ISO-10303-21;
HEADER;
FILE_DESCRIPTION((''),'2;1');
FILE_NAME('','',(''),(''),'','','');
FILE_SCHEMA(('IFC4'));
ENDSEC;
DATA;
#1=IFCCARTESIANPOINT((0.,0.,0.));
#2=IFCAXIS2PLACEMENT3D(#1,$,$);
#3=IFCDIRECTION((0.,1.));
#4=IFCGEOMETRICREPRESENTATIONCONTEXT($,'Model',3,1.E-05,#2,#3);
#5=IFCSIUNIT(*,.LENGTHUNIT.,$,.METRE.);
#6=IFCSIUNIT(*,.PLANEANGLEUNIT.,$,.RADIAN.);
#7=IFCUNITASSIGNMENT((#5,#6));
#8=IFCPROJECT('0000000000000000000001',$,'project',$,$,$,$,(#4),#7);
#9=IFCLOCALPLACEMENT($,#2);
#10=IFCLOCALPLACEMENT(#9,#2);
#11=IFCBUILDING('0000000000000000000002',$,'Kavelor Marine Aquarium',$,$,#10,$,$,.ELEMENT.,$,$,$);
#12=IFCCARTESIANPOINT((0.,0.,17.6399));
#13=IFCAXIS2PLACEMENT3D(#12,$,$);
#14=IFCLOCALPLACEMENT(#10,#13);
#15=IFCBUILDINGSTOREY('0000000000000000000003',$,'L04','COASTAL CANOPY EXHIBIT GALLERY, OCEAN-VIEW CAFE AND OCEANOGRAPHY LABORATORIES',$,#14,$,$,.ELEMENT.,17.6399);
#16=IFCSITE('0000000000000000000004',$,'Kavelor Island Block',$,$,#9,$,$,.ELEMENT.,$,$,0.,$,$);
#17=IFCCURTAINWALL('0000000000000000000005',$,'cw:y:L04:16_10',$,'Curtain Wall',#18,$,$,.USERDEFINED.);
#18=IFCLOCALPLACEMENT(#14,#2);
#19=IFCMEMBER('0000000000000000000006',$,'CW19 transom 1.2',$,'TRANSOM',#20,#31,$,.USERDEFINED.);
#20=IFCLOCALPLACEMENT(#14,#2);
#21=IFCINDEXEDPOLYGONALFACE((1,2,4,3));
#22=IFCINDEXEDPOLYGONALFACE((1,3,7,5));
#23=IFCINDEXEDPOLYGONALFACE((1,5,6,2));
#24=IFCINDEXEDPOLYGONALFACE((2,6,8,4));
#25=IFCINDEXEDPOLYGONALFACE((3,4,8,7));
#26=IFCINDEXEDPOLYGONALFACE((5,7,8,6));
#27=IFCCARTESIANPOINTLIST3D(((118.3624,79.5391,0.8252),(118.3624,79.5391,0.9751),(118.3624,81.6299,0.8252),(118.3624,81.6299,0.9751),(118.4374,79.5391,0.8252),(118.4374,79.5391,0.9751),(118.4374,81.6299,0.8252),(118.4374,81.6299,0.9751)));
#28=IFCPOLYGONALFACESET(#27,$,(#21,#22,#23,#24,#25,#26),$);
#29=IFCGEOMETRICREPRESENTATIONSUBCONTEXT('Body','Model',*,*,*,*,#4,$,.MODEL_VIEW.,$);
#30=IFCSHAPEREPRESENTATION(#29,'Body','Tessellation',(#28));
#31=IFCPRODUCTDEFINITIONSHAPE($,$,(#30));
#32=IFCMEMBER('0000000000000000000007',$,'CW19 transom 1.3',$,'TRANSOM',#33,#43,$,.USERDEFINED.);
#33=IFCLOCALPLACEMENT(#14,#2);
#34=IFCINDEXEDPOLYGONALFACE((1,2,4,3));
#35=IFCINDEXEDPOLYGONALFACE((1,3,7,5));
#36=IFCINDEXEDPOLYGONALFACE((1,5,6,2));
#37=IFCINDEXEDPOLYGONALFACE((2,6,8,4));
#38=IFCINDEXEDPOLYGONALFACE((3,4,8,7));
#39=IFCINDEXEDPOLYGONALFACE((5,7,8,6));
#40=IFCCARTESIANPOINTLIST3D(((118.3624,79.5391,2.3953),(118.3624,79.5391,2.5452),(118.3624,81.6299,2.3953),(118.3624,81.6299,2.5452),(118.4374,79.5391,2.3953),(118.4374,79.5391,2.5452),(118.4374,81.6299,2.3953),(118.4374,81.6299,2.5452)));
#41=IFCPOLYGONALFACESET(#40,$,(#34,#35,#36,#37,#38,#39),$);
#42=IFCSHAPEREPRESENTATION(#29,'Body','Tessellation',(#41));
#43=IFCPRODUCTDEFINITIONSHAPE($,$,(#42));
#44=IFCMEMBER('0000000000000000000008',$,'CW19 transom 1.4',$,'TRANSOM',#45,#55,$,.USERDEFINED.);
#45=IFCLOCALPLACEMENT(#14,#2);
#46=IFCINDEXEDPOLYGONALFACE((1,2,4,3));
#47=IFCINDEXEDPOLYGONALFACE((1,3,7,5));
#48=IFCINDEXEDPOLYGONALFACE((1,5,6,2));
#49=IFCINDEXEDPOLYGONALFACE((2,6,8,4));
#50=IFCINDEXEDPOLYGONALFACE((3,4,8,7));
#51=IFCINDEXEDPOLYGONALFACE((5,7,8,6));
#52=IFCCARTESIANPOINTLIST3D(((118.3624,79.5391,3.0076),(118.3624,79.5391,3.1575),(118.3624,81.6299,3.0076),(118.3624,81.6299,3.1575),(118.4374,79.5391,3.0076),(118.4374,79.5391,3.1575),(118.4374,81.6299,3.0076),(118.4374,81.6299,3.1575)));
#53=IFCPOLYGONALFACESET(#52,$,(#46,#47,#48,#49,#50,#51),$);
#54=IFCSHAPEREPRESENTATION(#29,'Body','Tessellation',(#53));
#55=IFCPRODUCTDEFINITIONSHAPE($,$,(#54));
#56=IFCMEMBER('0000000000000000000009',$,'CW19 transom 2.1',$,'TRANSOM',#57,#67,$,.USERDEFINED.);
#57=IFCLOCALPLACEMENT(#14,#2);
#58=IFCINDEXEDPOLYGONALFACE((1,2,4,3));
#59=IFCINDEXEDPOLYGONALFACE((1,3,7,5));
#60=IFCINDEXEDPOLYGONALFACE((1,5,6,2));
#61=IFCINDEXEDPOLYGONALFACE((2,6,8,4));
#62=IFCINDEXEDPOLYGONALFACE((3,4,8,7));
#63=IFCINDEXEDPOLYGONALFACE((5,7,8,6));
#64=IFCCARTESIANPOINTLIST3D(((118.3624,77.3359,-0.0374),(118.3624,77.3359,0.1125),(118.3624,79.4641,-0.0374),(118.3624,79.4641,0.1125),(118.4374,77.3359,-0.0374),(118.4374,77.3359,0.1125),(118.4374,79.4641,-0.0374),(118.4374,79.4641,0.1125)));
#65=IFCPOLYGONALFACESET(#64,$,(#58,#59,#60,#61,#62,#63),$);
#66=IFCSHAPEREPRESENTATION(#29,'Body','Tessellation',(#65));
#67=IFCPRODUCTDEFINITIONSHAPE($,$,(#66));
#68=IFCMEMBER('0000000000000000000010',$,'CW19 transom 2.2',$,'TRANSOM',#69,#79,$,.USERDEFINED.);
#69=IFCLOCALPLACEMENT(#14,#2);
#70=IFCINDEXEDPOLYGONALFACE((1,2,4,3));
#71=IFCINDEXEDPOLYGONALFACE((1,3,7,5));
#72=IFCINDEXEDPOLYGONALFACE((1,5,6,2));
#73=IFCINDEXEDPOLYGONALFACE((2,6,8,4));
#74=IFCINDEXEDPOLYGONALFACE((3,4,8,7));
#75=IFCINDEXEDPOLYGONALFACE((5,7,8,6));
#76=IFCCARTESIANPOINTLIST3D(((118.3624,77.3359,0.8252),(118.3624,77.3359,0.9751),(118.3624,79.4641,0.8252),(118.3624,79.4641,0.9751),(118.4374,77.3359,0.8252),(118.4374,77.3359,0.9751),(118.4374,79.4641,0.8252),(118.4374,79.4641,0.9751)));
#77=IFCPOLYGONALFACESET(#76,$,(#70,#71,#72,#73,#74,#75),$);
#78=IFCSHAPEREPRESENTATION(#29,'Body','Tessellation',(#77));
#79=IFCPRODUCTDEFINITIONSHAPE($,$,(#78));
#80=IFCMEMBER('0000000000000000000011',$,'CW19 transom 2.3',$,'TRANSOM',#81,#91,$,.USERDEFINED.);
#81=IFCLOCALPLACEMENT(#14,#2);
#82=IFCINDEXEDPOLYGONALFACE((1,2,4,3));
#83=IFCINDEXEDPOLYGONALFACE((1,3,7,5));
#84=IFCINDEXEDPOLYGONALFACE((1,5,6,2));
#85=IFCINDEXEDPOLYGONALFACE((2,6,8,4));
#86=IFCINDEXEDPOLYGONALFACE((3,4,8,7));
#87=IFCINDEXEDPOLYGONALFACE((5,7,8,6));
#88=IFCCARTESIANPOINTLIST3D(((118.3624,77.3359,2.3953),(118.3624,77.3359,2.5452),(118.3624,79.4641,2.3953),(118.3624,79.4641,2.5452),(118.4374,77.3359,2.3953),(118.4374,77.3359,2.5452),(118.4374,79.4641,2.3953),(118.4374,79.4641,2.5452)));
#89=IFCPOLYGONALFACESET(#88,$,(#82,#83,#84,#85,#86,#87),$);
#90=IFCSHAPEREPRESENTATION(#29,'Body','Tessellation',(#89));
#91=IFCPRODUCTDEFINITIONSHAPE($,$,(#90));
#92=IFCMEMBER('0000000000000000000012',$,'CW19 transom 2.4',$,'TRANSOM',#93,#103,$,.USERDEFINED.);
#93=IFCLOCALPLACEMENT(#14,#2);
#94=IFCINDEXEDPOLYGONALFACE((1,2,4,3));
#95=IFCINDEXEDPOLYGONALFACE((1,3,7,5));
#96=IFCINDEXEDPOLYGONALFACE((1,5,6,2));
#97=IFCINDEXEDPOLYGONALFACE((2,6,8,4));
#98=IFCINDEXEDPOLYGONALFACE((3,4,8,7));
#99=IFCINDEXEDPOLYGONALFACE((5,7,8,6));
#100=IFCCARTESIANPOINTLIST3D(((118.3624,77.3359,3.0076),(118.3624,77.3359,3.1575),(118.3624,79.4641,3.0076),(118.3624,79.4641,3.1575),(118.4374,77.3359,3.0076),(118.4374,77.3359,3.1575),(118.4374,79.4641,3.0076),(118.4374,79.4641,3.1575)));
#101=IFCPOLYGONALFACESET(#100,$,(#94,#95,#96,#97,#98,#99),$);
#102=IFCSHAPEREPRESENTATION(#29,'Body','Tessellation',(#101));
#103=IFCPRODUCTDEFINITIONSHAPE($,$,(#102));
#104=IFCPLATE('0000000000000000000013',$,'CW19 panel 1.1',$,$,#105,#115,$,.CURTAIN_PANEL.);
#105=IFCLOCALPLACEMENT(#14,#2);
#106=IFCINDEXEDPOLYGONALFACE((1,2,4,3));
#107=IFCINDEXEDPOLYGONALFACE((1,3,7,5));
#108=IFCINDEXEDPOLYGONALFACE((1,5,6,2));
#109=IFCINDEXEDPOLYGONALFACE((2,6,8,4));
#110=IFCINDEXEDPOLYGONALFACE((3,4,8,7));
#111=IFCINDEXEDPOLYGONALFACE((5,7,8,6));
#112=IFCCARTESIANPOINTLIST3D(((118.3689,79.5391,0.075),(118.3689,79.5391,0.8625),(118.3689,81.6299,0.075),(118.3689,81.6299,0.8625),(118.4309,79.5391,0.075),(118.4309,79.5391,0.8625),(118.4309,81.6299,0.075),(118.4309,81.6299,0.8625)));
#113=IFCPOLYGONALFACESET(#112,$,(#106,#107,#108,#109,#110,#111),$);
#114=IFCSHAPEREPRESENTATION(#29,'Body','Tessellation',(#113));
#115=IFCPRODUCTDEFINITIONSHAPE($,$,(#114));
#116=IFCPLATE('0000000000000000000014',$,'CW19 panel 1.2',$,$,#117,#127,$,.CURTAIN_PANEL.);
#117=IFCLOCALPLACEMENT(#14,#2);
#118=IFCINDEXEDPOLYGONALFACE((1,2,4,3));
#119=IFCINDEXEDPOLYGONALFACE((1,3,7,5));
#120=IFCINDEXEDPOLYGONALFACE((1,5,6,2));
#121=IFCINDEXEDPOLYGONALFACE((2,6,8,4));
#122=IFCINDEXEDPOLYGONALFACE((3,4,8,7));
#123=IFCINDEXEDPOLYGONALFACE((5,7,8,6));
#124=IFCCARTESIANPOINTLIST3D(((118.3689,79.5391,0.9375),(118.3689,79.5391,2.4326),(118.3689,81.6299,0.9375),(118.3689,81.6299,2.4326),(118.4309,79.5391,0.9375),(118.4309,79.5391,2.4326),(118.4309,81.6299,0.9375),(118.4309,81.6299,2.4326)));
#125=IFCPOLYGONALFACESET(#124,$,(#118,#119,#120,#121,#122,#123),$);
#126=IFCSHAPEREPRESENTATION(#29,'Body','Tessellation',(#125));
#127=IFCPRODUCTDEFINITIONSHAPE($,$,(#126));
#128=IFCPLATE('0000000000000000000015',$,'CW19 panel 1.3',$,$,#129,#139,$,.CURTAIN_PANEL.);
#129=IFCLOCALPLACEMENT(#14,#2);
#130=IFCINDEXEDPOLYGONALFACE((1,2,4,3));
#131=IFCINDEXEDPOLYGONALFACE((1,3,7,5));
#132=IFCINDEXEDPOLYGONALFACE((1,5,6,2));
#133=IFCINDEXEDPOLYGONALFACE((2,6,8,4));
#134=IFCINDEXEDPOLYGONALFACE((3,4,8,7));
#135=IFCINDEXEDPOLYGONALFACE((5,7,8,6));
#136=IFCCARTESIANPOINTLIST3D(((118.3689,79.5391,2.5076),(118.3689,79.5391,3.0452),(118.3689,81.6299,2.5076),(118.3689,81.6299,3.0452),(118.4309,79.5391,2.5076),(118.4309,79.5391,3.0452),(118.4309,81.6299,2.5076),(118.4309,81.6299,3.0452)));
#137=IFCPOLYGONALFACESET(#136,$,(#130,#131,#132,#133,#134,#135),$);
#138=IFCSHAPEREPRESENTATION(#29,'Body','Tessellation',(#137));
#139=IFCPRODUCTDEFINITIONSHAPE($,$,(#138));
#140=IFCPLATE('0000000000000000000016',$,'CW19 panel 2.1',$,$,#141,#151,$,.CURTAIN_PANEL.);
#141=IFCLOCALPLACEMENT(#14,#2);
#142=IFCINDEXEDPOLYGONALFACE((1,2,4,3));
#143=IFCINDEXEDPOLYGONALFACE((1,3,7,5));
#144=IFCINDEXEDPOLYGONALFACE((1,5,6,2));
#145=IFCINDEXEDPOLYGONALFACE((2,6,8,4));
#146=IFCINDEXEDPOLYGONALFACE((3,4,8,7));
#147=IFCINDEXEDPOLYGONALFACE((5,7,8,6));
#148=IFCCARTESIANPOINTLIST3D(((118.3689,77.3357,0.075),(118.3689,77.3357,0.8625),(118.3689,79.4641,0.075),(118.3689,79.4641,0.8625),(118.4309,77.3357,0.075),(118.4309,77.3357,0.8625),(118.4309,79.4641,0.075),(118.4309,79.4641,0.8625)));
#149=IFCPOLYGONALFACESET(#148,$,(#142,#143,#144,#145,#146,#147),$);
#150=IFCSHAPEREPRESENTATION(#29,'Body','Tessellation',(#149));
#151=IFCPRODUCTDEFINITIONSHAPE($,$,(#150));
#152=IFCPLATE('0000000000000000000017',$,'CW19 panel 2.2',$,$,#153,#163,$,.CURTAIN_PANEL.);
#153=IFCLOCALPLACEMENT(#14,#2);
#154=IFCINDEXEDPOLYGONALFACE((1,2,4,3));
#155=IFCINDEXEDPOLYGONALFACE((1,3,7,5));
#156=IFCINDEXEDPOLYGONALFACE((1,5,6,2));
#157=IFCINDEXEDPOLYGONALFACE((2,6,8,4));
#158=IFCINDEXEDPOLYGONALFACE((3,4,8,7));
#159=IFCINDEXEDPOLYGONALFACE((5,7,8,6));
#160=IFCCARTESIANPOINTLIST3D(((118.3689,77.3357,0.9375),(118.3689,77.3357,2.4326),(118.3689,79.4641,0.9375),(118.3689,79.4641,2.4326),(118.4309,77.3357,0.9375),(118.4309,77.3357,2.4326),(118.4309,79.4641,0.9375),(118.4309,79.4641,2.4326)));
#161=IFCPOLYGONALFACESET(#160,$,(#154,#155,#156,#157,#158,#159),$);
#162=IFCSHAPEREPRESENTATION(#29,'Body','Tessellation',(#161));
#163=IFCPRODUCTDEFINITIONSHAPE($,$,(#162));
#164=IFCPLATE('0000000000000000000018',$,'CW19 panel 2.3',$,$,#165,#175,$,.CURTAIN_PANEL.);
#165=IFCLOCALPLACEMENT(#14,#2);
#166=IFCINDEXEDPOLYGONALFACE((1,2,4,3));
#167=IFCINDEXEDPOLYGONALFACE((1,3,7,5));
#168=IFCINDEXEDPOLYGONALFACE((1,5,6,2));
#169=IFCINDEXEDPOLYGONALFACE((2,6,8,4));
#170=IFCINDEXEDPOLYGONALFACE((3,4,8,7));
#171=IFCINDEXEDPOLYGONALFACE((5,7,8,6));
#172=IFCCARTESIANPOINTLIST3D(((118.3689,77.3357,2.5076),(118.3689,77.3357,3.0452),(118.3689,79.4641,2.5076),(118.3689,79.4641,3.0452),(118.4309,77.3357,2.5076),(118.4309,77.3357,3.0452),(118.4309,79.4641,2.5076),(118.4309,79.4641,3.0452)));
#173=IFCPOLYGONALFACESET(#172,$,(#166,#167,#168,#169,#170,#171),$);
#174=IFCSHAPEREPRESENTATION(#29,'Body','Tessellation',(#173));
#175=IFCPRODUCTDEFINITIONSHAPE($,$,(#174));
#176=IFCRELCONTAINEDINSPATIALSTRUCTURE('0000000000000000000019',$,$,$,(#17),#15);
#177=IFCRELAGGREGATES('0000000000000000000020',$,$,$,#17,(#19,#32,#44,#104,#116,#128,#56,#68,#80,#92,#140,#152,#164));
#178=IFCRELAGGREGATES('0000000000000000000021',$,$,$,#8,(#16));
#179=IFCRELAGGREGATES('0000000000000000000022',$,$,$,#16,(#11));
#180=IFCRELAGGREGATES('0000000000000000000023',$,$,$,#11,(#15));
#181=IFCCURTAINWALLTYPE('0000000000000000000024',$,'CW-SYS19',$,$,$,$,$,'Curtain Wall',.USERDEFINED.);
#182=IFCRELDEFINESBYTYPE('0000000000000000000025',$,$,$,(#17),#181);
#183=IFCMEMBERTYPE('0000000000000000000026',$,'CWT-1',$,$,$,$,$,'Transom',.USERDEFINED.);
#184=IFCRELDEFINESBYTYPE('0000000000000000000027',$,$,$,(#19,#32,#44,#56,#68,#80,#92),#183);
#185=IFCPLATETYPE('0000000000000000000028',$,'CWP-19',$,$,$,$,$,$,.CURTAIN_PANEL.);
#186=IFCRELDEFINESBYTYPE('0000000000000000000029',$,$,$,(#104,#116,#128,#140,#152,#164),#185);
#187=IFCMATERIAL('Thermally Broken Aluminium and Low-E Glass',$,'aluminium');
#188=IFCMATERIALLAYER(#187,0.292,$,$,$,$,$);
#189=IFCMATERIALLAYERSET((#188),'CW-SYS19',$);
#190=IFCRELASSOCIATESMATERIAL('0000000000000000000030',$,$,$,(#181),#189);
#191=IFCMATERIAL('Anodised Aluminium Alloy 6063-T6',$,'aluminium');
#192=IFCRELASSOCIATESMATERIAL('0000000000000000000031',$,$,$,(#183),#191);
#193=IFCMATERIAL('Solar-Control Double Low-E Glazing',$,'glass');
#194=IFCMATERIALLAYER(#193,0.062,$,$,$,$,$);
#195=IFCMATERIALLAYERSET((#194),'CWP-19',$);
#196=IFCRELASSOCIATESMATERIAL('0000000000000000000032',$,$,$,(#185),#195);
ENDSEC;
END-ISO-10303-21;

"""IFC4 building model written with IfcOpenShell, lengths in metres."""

from ifc_helpers import new_model, si_unit, direction, frame, origin, origin_2d, place, context, subcontext, project, spatial, rectangle, extrude, material, layer, layer_set, material_profile, profile_set, type_object, element, aggregate, save


model = new_model("IFC4")

# Units and contexts
model_context = context("Model", 3, precision=1e-05, world=origin(), true_north=direction((0.0, 1.0)))
body_context = subcontext(model_context, "Body", "Model", "MODEL_VIEW")
ifc_project = project(units=[si_unit("LENGTHUNIT", "METRE"), si_unit("PLANEANGLEUNIT", "RADIAN")], contexts=[model_context])

# Site, building, storey
site_placement = place(None, origin())
site = spatial("IfcSite", under=ifc_project, at=site_placement, Name="Kavelor Island Block", CompositionType="ELEMENT", RefElevation=0.0)
building_placement = place(site_placement, origin())
building = spatial("IfcBuilding", under=site, at=building_placement, Name="Kavelor Marine Aquarium", CompositionType="ELEMENT")
storey_placement = place(building_placement, frame((0.0, 0.0, 17.6399)))
storey = spatial("IfcBuildingStorey", under=building, at=storey_placement, Name="L04", Description="COASTAL CANOPY EXHIBIT GALLERY, OCEAN-VIEW CAFE AND OCEANOGRAPHY LABORATORIES", CompositionType="ELEMENT", Elevation=17.6399)

# Curtain wall
ifc_material_1 = material(Name="Thermally Broken Aluminium and Low-E Glass", Category="aluminium")
ifc_layer_1 = layer(ifc_material_1, 0.292)
ifc_layer_set_1 = layer_set([ifc_layer_1], Name="CW-SYS19")
curtain_wall_type_1 = type_object("IfcCurtainWallType", Name="CW-SYS19", ElementType="Curtain Wall", PredefinedType="USERDEFINED", material=ifc_layer_set_1)
curtain_wall_1_placement = place(storey_placement, origin())
curtain_wall_1 = element("IfcCurtainWall", 1, at=curtain_wall_1_placement, inside=storey, type_object=curtain_wall_type_1, Name="cw:y:L04:16_10", ObjectType="Curtain Wall", PredefinedType="USERDEFINED")

# Members
ifc_material_2 = material(Name="Anodised Aluminium Alloy 6063-T6", Category="aluminium")
ifc_material_profile_1 = material_profile(ifc_material_2, rectangle(XDim=0.075, YDim=0.1499, at=origin_2d()), Name="CW-TRN 75x150")
ifc_profile_set_1 = profile_set([ifc_material_profile_1], Name="Anodised Aluminium Alloy 6063-T6")
member_type_1 = type_object("IfcMemberType", Name="CWT-1", ElementType="Transom", PredefinedType="USERDEFINED", material=ifc_profile_set_1)
member_1_placement = place(storey_placement, frame((118.3999, 81.6299, 0.9001), z_axis=(0.0, -1.0, 0.0), x_axis=(1.0, 0.0, 0.0)))
member_1 = element("IfcMember", 2, at=member_1_placement, type_object=member_type_1, Name="CW19 transom 1.2", ObjectType="TRANSOM", PredefinedType="USERDEFINED", context=body_context, shape_type="SweptSolid", body=[
    extrude(rectangle(XDim=0.075, YDim=0.1499, at=origin_2d()), origin(), (0.0, 0.0, 1.0), 2.0908),
])
member_2_placement = place(storey_placement, frame((118.3999, 81.6299, 2.4702), z_axis=(0.0, -1.0, 0.0), x_axis=(1.0, 0.0, 0.0)))
member_2 = element("IfcMember", 3, at=member_2_placement, type_object=member_type_1, Name="CW19 transom 1.3", ObjectType="TRANSOM", PredefinedType="USERDEFINED", context=body_context, shape_type="SweptSolid", body=[
    extrude(rectangle(XDim=0.075, YDim=0.1499, at=origin_2d()), origin(), (0.0, 0.0, 1.0), 2.0908),
])
member_3_placement = place(storey_placement, frame((118.3999, 81.6299, 3.0825), z_axis=(0.0, -1.0, 0.0), x_axis=(1.0, 0.0, 0.0)))
member_3 = element("IfcMember", 4, at=member_3_placement, type_object=member_type_1, Name="CW19 transom 1.4", ObjectType="TRANSOM", PredefinedType="USERDEFINED", context=body_context, shape_type="SweptSolid", body=[
    extrude(rectangle(XDim=0.075, YDim=0.1499, at=origin_2d()), origin(), (0.0, 0.0, 1.0), 2.0908),
])
member_4_placement = place(storey_placement, frame((118.3999, 79.4641, 0.0376), z_axis=(0.0, -1.0, 0.0), x_axis=(1.0, 0.0, 0.0)))
member_4 = element("IfcMember", 5, at=member_4_placement, type_object=member_type_1, Name="CW19 transom 2.1", ObjectType="TRANSOM", PredefinedType="USERDEFINED", context=body_context, shape_type="SweptSolid", body=[
    extrude(rectangle(XDim=0.075, YDim=0.1499, at=origin_2d()), origin(), (0.0, 0.0, 1.0), 2.1282),
])
member_5_placement = place(storey_placement, frame((118.3999, 79.4641, 0.9001), z_axis=(0.0, -1.0, 0.0), x_axis=(1.0, 0.0, 0.0)))
member_5 = element("IfcMember", 6, at=member_5_placement, type_object=member_type_1, Name="CW19 transom 2.2", ObjectType="TRANSOM", PredefinedType="USERDEFINED", context=body_context, shape_type="SweptSolid", body=[
    extrude(rectangle(XDim=0.075, YDim=0.1499, at=origin_2d()), origin(), (0.0, 0.0, 1.0), 2.1282),
])
member_6_placement = place(storey_placement, frame((118.3999, 79.4641, 2.4702), z_axis=(0.0, -1.0, 0.0), x_axis=(1.0, 0.0, 0.0)))
member_6 = element("IfcMember", 7, at=member_6_placement, type_object=member_type_1, Name="CW19 transom 2.3", ObjectType="TRANSOM", PredefinedType="USERDEFINED", context=body_context, shape_type="SweptSolid", body=[
    extrude(rectangle(XDim=0.075, YDim=0.1499, at=origin_2d()), origin(), (0.0, 0.0, 1.0), 2.1282),
])
member_7_placement = place(storey_placement, frame((118.3999, 79.4641, 3.0825), z_axis=(0.0, -1.0, 0.0), x_axis=(1.0, 0.0, 0.0)))
member_7 = element("IfcMember", 8, at=member_7_placement, type_object=member_type_1, Name="CW19 transom 2.4", ObjectType="TRANSOM", PredefinedType="USERDEFINED", context=body_context, shape_type="SweptSolid", body=[
    extrude(rectangle(XDim=0.075, YDim=0.1499, at=origin_2d()), origin(), (0.0, 0.0, 1.0), 2.1282),
])

# Plates
ifc_material_3 = material(Name="Solar-Control Double Low-E Glazing", Category="glass")
ifc_layer_2 = layer(ifc_material_3, 0.062)
ifc_layer_set_2 = layer_set([ifc_layer_2], Name="CWP-19")
plate_type = type_object("IfcPlateType", Name="CWP-19", PredefinedType="CURTAIN_PANEL", material=ifc_layer_set_2)
plate_1_placement = place(storey_placement, frame((118.3999, 80.5845, 0.075), z_axis=(0.0, 0.0, 1.0), x_axis=(0.0, -1.0, 0.0)))
plate_1 = element("IfcPlate", 9, at=plate_1_placement, type_object=plate_type, Name="CW19 panel 1.1", PredefinedType="CURTAIN_PANEL", context=body_context, shape_type="SweptSolid", body=[
    extrude(rectangle(XDim=2.0908, YDim=0.062, at=origin_2d()), origin(), (0.0, 0.0, 1.0), 0.7876),
])
plate_2_placement = place(storey_placement, frame((118.3999, 80.5845, 0.9375), z_axis=(0.0, 0.0, 1.0), x_axis=(0.0, -1.0, 0.0)))
plate_2 = element("IfcPlate", 10, at=plate_2_placement, type_object=plate_type, Name="CW19 panel 1.2", PredefinedType="CURTAIN_PANEL", context=body_context, shape_type="SweptSolid", body=[
    extrude(rectangle(XDim=2.0908, YDim=0.062, at=origin_2d()), origin(), (0.0, 0.0, 1.0), 1.4951),
])
plate_3_placement = place(storey_placement, frame((118.3999, 80.5845, 2.5076), z_axis=(0.0, 0.0, 1.0), x_axis=(0.0, -1.0, 0.0)))
plate_3 = element("IfcPlate", 11, at=plate_3_placement, type_object=plate_type, Name="CW19 panel 1.3", PredefinedType="CURTAIN_PANEL", context=body_context, shape_type="SweptSolid", body=[
    extrude(rectangle(XDim=2.0908, YDim=0.062, at=origin_2d()), origin(), (0.0, 0.0, 1.0), 0.5376),
])
plate_4_placement = place(storey_placement, frame((118.3999, 78.3999, 0.075), z_axis=(0.0, 0.0, 1.0), x_axis=(0.0, -1.0, 0.0)))
plate_4 = element("IfcPlate", 12, at=plate_4_placement, type_object=plate_type, Name="CW19 panel 2.1", PredefinedType="CURTAIN_PANEL", context=body_context, shape_type="SweptSolid", body=[
    extrude(rectangle(XDim=2.1284, YDim=0.062, at=origin_2d()), origin(), (0.0, 0.0, 1.0), 0.7876),
])
plate_5_placement = place(storey_placement, frame((118.3999, 78.3999, 0.9375), z_axis=(0.0, 0.0, 1.0), x_axis=(0.0, -1.0, 0.0)))
plate_5 = element("IfcPlate", 13, at=plate_5_placement, type_object=plate_type, Name="CW19 panel 2.2", PredefinedType="CURTAIN_PANEL", context=body_context, shape_type="SweptSolid", body=[
    extrude(rectangle(XDim=2.1284, YDim=0.062, at=origin_2d()), origin(), (0.0, 0.0, 1.0), 1.4951),
])
plate_6_placement = place(storey_placement, frame((118.3999, 78.3999, 2.5076), z_axis=(0.0, 0.0, 1.0), x_axis=(0.0, -1.0, 0.0)))
plate_6 = element("IfcPlate", 14, at=plate_6_placement, type_object=plate_type, Name="CW19 panel 2.3", PredefinedType="CURTAIN_PANEL", context=body_context, shape_type="SweptSolid", body=[
    extrude(rectangle(XDim=2.1284, YDim=0.062, at=origin_2d()), origin(), (0.0, 0.0, 1.0), 0.5376),
])
aggregate(curtain_wall_1, [member_1, member_2, member_3, plate_1, plate_2, plate_3, member_4, member_5, member_6, member_7, plate_4, plate_5, plate_6])

save(model, "model.ifc")
